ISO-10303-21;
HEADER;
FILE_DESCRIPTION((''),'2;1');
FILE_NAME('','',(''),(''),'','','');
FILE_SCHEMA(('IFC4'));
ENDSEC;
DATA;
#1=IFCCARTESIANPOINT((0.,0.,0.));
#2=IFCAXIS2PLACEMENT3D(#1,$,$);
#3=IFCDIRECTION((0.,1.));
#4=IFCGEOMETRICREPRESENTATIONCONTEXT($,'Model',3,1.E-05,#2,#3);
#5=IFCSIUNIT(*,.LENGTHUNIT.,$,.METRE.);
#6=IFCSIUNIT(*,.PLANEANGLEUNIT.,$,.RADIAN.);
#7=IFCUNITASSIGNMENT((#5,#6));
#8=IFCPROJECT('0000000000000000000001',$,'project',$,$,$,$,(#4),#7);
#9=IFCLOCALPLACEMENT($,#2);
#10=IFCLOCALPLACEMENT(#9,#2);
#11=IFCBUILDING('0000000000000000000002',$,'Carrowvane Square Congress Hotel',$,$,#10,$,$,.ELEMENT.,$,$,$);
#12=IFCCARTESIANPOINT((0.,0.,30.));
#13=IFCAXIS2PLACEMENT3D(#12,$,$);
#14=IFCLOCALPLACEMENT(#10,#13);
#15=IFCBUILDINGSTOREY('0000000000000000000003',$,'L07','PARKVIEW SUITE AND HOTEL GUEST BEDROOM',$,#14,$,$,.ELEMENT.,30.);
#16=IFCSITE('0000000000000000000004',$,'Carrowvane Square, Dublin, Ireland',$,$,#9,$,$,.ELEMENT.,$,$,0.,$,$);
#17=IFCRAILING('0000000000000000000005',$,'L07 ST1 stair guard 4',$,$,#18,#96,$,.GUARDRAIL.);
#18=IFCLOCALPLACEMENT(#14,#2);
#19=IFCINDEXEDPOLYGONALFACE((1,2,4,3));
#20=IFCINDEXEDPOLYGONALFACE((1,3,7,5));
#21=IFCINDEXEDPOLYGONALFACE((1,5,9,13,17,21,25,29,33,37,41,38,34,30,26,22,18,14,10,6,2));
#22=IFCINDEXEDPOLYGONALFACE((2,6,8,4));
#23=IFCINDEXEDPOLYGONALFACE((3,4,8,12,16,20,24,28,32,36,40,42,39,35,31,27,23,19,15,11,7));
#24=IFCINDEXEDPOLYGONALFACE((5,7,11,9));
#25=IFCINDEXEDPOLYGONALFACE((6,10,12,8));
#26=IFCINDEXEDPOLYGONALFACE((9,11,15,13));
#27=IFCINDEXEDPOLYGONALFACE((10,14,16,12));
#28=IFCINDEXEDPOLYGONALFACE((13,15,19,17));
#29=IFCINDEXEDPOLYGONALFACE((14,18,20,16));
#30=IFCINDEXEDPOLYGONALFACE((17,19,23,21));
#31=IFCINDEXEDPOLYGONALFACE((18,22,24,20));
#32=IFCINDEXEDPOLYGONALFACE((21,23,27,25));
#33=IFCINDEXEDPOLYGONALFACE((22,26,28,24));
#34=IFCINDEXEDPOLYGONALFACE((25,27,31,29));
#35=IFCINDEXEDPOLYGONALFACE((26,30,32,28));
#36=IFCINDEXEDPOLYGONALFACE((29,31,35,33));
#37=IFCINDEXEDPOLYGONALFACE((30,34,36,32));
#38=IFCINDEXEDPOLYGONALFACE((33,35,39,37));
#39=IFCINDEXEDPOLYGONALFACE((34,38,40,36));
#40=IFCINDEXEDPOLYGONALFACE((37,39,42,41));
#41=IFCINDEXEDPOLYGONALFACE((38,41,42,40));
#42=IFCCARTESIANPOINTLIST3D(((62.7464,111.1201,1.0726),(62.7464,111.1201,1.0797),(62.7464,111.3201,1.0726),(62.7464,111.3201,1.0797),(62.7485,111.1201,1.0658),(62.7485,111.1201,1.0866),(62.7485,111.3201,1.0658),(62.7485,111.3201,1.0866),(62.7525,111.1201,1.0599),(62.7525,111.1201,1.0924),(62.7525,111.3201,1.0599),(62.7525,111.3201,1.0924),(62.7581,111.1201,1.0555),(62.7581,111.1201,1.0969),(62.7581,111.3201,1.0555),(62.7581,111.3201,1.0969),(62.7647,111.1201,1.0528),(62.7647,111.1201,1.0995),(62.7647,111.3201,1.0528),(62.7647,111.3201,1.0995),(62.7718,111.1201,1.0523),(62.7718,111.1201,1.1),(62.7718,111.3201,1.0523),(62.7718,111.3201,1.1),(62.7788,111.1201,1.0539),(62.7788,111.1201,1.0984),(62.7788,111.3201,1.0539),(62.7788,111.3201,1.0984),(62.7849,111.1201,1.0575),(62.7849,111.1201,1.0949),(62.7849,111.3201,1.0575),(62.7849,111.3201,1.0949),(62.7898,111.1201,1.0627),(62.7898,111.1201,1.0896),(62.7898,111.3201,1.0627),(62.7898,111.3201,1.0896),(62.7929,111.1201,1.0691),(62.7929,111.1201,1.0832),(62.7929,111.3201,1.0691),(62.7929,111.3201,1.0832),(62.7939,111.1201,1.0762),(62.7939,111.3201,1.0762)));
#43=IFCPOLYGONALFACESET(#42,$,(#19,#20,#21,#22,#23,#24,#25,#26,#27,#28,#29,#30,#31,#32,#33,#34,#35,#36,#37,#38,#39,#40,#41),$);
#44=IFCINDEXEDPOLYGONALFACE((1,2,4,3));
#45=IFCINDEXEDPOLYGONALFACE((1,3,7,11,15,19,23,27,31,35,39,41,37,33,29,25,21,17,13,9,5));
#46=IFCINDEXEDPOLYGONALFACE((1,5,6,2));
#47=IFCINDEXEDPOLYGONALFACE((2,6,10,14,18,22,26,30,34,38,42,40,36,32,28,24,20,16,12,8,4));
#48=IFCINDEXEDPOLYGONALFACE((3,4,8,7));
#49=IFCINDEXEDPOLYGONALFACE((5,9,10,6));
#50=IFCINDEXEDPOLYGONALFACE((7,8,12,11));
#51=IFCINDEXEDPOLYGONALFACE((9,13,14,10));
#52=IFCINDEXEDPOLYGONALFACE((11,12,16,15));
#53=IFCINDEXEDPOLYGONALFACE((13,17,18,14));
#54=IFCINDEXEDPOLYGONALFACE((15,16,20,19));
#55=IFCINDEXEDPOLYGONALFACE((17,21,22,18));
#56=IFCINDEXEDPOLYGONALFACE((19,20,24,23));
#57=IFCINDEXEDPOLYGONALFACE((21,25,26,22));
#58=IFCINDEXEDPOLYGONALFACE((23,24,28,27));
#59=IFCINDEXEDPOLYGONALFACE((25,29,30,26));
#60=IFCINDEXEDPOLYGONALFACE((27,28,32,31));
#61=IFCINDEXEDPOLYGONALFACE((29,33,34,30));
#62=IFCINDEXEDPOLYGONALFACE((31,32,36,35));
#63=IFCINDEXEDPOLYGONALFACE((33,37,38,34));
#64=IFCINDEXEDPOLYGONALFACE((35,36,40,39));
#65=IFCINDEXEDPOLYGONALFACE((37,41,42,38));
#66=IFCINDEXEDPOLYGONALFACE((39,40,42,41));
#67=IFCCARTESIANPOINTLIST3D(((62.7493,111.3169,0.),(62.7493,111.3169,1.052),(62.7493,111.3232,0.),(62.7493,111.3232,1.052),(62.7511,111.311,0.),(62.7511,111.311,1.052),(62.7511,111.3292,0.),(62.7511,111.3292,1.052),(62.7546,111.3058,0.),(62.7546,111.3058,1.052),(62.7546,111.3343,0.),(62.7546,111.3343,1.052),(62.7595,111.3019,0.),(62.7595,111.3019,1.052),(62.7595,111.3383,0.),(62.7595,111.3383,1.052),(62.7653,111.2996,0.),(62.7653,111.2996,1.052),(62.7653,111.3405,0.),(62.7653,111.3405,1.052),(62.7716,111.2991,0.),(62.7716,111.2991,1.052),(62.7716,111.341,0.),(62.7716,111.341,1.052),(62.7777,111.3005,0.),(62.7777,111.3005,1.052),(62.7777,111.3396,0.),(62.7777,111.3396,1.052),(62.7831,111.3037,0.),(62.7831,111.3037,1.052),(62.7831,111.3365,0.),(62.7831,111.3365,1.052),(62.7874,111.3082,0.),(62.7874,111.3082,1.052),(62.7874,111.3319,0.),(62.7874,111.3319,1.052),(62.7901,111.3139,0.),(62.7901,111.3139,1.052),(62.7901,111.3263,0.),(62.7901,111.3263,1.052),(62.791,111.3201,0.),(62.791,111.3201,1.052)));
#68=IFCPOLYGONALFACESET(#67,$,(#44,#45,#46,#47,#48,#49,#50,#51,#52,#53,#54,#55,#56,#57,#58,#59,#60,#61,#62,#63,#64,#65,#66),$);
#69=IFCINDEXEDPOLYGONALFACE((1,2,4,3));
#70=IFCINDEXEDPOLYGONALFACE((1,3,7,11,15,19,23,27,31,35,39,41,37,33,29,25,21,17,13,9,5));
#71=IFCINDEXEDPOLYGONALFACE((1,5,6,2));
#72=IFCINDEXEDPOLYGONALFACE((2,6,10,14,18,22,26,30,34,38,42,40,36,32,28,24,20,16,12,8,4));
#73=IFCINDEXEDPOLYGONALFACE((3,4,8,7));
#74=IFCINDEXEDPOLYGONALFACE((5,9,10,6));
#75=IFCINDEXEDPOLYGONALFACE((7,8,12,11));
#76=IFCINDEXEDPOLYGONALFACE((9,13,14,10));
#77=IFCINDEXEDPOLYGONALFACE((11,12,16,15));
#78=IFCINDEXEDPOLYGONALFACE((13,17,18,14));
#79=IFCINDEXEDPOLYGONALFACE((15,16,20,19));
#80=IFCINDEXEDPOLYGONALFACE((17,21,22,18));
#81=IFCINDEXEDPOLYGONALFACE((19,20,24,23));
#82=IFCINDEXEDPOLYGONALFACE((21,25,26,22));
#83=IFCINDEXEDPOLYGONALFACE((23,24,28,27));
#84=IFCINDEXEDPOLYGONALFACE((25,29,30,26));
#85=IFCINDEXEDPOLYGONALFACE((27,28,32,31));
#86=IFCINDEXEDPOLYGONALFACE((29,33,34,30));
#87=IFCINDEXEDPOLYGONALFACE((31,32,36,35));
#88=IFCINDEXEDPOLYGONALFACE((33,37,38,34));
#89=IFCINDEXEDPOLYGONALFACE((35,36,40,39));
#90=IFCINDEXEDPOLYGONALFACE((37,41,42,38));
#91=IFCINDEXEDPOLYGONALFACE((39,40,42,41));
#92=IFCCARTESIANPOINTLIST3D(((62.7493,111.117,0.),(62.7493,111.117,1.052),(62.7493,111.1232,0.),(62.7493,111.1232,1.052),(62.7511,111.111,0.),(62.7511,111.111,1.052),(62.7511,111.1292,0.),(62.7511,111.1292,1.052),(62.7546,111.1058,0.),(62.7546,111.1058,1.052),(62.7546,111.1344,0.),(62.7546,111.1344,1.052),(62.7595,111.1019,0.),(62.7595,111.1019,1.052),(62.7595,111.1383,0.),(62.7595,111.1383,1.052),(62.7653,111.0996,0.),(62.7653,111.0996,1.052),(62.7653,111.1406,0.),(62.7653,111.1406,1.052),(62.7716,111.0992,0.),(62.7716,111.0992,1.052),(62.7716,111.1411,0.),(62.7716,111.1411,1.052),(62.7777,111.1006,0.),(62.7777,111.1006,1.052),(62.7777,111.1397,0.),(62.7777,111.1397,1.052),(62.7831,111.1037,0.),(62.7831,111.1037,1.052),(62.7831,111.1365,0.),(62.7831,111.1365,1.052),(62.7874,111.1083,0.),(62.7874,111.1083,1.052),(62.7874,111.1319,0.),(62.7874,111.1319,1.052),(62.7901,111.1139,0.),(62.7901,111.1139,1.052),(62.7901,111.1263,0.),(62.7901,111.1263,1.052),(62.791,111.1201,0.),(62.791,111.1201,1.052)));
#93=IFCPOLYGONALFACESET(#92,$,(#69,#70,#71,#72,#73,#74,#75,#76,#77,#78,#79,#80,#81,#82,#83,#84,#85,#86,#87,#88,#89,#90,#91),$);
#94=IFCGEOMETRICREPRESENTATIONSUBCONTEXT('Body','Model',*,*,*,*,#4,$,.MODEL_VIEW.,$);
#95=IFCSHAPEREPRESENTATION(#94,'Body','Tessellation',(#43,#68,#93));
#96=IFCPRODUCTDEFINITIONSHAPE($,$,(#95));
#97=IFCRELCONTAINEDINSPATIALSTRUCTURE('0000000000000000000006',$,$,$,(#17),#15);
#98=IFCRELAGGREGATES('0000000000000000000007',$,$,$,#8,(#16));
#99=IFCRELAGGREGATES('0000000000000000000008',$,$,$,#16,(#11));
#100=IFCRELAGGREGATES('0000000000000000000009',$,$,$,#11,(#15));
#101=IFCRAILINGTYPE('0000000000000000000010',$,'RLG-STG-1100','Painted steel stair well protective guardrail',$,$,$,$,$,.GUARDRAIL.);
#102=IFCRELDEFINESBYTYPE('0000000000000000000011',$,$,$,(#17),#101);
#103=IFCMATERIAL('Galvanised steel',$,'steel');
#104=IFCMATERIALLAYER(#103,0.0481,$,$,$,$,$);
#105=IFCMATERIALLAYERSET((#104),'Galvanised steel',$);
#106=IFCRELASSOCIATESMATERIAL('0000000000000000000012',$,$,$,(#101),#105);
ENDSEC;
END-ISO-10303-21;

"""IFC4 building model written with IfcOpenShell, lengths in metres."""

from ifc_helpers import new_model, si_unit, direction, frame, origin, origin_2d, place, context, subcontext, project, spatial, circle, extrude, material, layer, layer_set, type_object, element, save


model = new_model("IFC4")

# Units and contexts
model_context = context("Model", 3, precision=1e-05, world=origin(), true_north=direction((0.0, 1.0)))
body_context = subcontext(model_context, "Body", "Model", "MODEL_VIEW")
ifc_project = project(units=[si_unit("LENGTHUNIT", "METRE"), si_unit("PLANEANGLEUNIT", "RADIAN")], contexts=[model_context])

# Site, building, storey
site_placement = place(None, origin())
site = spatial("IfcSite", under=ifc_project, at=site_placement, Name="Carrowvane Square, Dublin, Ireland", CompositionType="ELEMENT", RefElevation=0.0)
building_placement = place(site_placement, origin())
building = spatial("IfcBuilding", under=site, at=building_placement, Name="Carrowvane Square Congress Hotel", CompositionType="ELEMENT")
storey_placement = place(building_placement, frame((0.0, 0.0, 30.0)))
storey = spatial("IfcBuildingStorey", under=building, at=storey_placement, Name="L07", Description="PARKVIEW SUITE AND HOTEL GUEST BEDROOM", CompositionType="ELEMENT", Elevation=30.0)

# Railing
ifc_material_1 = material(Name="Galvanised steel", Category="steel")
ifc_layer_1 = layer(ifc_material_1, 0.0481)
ifc_layer_set_1 = layer_set([ifc_layer_1], Name="Galvanised steel")
railing_type_1 = type_object("IfcRailingType", Name="RLG-STG-1100", Description="Painted steel stair well protective guardrail", PredefinedType="GUARDRAIL", material=ifc_layer_set_1)
railing_1_placement = place(storey_placement, frame((62.77, 111.3201, 0.0)))
element("IfcRailing", 1, at=railing_1_placement, inside=storey, type_object=railing_type_1, Name="L07 ST1 stair guard 4", PredefinedType="GUARDRAIL", context=body_context, shape_type="SweptSolid", body=[
    extrude(circle(Radius=0.0239, at=origin_2d()), frame((0.0, 0.0, 1.0762), z_axis=(0.0, -1.0, 0.0), x_axis=(1.0, 0.0, 0.0)), (0.0, 0.0, 1.0), 0.2),
    extrude(circle(Radius=0.021, at=origin_2d()), origin(), (0.0, 0.0, 1.0), 1.052),
    extrude(circle(Radius=0.021, at=origin_2d()), frame((0.0, -0.2, 0.0)), (0.0, 0.0, 1.0), 1.052),
])

save(model, "model.ifc")
